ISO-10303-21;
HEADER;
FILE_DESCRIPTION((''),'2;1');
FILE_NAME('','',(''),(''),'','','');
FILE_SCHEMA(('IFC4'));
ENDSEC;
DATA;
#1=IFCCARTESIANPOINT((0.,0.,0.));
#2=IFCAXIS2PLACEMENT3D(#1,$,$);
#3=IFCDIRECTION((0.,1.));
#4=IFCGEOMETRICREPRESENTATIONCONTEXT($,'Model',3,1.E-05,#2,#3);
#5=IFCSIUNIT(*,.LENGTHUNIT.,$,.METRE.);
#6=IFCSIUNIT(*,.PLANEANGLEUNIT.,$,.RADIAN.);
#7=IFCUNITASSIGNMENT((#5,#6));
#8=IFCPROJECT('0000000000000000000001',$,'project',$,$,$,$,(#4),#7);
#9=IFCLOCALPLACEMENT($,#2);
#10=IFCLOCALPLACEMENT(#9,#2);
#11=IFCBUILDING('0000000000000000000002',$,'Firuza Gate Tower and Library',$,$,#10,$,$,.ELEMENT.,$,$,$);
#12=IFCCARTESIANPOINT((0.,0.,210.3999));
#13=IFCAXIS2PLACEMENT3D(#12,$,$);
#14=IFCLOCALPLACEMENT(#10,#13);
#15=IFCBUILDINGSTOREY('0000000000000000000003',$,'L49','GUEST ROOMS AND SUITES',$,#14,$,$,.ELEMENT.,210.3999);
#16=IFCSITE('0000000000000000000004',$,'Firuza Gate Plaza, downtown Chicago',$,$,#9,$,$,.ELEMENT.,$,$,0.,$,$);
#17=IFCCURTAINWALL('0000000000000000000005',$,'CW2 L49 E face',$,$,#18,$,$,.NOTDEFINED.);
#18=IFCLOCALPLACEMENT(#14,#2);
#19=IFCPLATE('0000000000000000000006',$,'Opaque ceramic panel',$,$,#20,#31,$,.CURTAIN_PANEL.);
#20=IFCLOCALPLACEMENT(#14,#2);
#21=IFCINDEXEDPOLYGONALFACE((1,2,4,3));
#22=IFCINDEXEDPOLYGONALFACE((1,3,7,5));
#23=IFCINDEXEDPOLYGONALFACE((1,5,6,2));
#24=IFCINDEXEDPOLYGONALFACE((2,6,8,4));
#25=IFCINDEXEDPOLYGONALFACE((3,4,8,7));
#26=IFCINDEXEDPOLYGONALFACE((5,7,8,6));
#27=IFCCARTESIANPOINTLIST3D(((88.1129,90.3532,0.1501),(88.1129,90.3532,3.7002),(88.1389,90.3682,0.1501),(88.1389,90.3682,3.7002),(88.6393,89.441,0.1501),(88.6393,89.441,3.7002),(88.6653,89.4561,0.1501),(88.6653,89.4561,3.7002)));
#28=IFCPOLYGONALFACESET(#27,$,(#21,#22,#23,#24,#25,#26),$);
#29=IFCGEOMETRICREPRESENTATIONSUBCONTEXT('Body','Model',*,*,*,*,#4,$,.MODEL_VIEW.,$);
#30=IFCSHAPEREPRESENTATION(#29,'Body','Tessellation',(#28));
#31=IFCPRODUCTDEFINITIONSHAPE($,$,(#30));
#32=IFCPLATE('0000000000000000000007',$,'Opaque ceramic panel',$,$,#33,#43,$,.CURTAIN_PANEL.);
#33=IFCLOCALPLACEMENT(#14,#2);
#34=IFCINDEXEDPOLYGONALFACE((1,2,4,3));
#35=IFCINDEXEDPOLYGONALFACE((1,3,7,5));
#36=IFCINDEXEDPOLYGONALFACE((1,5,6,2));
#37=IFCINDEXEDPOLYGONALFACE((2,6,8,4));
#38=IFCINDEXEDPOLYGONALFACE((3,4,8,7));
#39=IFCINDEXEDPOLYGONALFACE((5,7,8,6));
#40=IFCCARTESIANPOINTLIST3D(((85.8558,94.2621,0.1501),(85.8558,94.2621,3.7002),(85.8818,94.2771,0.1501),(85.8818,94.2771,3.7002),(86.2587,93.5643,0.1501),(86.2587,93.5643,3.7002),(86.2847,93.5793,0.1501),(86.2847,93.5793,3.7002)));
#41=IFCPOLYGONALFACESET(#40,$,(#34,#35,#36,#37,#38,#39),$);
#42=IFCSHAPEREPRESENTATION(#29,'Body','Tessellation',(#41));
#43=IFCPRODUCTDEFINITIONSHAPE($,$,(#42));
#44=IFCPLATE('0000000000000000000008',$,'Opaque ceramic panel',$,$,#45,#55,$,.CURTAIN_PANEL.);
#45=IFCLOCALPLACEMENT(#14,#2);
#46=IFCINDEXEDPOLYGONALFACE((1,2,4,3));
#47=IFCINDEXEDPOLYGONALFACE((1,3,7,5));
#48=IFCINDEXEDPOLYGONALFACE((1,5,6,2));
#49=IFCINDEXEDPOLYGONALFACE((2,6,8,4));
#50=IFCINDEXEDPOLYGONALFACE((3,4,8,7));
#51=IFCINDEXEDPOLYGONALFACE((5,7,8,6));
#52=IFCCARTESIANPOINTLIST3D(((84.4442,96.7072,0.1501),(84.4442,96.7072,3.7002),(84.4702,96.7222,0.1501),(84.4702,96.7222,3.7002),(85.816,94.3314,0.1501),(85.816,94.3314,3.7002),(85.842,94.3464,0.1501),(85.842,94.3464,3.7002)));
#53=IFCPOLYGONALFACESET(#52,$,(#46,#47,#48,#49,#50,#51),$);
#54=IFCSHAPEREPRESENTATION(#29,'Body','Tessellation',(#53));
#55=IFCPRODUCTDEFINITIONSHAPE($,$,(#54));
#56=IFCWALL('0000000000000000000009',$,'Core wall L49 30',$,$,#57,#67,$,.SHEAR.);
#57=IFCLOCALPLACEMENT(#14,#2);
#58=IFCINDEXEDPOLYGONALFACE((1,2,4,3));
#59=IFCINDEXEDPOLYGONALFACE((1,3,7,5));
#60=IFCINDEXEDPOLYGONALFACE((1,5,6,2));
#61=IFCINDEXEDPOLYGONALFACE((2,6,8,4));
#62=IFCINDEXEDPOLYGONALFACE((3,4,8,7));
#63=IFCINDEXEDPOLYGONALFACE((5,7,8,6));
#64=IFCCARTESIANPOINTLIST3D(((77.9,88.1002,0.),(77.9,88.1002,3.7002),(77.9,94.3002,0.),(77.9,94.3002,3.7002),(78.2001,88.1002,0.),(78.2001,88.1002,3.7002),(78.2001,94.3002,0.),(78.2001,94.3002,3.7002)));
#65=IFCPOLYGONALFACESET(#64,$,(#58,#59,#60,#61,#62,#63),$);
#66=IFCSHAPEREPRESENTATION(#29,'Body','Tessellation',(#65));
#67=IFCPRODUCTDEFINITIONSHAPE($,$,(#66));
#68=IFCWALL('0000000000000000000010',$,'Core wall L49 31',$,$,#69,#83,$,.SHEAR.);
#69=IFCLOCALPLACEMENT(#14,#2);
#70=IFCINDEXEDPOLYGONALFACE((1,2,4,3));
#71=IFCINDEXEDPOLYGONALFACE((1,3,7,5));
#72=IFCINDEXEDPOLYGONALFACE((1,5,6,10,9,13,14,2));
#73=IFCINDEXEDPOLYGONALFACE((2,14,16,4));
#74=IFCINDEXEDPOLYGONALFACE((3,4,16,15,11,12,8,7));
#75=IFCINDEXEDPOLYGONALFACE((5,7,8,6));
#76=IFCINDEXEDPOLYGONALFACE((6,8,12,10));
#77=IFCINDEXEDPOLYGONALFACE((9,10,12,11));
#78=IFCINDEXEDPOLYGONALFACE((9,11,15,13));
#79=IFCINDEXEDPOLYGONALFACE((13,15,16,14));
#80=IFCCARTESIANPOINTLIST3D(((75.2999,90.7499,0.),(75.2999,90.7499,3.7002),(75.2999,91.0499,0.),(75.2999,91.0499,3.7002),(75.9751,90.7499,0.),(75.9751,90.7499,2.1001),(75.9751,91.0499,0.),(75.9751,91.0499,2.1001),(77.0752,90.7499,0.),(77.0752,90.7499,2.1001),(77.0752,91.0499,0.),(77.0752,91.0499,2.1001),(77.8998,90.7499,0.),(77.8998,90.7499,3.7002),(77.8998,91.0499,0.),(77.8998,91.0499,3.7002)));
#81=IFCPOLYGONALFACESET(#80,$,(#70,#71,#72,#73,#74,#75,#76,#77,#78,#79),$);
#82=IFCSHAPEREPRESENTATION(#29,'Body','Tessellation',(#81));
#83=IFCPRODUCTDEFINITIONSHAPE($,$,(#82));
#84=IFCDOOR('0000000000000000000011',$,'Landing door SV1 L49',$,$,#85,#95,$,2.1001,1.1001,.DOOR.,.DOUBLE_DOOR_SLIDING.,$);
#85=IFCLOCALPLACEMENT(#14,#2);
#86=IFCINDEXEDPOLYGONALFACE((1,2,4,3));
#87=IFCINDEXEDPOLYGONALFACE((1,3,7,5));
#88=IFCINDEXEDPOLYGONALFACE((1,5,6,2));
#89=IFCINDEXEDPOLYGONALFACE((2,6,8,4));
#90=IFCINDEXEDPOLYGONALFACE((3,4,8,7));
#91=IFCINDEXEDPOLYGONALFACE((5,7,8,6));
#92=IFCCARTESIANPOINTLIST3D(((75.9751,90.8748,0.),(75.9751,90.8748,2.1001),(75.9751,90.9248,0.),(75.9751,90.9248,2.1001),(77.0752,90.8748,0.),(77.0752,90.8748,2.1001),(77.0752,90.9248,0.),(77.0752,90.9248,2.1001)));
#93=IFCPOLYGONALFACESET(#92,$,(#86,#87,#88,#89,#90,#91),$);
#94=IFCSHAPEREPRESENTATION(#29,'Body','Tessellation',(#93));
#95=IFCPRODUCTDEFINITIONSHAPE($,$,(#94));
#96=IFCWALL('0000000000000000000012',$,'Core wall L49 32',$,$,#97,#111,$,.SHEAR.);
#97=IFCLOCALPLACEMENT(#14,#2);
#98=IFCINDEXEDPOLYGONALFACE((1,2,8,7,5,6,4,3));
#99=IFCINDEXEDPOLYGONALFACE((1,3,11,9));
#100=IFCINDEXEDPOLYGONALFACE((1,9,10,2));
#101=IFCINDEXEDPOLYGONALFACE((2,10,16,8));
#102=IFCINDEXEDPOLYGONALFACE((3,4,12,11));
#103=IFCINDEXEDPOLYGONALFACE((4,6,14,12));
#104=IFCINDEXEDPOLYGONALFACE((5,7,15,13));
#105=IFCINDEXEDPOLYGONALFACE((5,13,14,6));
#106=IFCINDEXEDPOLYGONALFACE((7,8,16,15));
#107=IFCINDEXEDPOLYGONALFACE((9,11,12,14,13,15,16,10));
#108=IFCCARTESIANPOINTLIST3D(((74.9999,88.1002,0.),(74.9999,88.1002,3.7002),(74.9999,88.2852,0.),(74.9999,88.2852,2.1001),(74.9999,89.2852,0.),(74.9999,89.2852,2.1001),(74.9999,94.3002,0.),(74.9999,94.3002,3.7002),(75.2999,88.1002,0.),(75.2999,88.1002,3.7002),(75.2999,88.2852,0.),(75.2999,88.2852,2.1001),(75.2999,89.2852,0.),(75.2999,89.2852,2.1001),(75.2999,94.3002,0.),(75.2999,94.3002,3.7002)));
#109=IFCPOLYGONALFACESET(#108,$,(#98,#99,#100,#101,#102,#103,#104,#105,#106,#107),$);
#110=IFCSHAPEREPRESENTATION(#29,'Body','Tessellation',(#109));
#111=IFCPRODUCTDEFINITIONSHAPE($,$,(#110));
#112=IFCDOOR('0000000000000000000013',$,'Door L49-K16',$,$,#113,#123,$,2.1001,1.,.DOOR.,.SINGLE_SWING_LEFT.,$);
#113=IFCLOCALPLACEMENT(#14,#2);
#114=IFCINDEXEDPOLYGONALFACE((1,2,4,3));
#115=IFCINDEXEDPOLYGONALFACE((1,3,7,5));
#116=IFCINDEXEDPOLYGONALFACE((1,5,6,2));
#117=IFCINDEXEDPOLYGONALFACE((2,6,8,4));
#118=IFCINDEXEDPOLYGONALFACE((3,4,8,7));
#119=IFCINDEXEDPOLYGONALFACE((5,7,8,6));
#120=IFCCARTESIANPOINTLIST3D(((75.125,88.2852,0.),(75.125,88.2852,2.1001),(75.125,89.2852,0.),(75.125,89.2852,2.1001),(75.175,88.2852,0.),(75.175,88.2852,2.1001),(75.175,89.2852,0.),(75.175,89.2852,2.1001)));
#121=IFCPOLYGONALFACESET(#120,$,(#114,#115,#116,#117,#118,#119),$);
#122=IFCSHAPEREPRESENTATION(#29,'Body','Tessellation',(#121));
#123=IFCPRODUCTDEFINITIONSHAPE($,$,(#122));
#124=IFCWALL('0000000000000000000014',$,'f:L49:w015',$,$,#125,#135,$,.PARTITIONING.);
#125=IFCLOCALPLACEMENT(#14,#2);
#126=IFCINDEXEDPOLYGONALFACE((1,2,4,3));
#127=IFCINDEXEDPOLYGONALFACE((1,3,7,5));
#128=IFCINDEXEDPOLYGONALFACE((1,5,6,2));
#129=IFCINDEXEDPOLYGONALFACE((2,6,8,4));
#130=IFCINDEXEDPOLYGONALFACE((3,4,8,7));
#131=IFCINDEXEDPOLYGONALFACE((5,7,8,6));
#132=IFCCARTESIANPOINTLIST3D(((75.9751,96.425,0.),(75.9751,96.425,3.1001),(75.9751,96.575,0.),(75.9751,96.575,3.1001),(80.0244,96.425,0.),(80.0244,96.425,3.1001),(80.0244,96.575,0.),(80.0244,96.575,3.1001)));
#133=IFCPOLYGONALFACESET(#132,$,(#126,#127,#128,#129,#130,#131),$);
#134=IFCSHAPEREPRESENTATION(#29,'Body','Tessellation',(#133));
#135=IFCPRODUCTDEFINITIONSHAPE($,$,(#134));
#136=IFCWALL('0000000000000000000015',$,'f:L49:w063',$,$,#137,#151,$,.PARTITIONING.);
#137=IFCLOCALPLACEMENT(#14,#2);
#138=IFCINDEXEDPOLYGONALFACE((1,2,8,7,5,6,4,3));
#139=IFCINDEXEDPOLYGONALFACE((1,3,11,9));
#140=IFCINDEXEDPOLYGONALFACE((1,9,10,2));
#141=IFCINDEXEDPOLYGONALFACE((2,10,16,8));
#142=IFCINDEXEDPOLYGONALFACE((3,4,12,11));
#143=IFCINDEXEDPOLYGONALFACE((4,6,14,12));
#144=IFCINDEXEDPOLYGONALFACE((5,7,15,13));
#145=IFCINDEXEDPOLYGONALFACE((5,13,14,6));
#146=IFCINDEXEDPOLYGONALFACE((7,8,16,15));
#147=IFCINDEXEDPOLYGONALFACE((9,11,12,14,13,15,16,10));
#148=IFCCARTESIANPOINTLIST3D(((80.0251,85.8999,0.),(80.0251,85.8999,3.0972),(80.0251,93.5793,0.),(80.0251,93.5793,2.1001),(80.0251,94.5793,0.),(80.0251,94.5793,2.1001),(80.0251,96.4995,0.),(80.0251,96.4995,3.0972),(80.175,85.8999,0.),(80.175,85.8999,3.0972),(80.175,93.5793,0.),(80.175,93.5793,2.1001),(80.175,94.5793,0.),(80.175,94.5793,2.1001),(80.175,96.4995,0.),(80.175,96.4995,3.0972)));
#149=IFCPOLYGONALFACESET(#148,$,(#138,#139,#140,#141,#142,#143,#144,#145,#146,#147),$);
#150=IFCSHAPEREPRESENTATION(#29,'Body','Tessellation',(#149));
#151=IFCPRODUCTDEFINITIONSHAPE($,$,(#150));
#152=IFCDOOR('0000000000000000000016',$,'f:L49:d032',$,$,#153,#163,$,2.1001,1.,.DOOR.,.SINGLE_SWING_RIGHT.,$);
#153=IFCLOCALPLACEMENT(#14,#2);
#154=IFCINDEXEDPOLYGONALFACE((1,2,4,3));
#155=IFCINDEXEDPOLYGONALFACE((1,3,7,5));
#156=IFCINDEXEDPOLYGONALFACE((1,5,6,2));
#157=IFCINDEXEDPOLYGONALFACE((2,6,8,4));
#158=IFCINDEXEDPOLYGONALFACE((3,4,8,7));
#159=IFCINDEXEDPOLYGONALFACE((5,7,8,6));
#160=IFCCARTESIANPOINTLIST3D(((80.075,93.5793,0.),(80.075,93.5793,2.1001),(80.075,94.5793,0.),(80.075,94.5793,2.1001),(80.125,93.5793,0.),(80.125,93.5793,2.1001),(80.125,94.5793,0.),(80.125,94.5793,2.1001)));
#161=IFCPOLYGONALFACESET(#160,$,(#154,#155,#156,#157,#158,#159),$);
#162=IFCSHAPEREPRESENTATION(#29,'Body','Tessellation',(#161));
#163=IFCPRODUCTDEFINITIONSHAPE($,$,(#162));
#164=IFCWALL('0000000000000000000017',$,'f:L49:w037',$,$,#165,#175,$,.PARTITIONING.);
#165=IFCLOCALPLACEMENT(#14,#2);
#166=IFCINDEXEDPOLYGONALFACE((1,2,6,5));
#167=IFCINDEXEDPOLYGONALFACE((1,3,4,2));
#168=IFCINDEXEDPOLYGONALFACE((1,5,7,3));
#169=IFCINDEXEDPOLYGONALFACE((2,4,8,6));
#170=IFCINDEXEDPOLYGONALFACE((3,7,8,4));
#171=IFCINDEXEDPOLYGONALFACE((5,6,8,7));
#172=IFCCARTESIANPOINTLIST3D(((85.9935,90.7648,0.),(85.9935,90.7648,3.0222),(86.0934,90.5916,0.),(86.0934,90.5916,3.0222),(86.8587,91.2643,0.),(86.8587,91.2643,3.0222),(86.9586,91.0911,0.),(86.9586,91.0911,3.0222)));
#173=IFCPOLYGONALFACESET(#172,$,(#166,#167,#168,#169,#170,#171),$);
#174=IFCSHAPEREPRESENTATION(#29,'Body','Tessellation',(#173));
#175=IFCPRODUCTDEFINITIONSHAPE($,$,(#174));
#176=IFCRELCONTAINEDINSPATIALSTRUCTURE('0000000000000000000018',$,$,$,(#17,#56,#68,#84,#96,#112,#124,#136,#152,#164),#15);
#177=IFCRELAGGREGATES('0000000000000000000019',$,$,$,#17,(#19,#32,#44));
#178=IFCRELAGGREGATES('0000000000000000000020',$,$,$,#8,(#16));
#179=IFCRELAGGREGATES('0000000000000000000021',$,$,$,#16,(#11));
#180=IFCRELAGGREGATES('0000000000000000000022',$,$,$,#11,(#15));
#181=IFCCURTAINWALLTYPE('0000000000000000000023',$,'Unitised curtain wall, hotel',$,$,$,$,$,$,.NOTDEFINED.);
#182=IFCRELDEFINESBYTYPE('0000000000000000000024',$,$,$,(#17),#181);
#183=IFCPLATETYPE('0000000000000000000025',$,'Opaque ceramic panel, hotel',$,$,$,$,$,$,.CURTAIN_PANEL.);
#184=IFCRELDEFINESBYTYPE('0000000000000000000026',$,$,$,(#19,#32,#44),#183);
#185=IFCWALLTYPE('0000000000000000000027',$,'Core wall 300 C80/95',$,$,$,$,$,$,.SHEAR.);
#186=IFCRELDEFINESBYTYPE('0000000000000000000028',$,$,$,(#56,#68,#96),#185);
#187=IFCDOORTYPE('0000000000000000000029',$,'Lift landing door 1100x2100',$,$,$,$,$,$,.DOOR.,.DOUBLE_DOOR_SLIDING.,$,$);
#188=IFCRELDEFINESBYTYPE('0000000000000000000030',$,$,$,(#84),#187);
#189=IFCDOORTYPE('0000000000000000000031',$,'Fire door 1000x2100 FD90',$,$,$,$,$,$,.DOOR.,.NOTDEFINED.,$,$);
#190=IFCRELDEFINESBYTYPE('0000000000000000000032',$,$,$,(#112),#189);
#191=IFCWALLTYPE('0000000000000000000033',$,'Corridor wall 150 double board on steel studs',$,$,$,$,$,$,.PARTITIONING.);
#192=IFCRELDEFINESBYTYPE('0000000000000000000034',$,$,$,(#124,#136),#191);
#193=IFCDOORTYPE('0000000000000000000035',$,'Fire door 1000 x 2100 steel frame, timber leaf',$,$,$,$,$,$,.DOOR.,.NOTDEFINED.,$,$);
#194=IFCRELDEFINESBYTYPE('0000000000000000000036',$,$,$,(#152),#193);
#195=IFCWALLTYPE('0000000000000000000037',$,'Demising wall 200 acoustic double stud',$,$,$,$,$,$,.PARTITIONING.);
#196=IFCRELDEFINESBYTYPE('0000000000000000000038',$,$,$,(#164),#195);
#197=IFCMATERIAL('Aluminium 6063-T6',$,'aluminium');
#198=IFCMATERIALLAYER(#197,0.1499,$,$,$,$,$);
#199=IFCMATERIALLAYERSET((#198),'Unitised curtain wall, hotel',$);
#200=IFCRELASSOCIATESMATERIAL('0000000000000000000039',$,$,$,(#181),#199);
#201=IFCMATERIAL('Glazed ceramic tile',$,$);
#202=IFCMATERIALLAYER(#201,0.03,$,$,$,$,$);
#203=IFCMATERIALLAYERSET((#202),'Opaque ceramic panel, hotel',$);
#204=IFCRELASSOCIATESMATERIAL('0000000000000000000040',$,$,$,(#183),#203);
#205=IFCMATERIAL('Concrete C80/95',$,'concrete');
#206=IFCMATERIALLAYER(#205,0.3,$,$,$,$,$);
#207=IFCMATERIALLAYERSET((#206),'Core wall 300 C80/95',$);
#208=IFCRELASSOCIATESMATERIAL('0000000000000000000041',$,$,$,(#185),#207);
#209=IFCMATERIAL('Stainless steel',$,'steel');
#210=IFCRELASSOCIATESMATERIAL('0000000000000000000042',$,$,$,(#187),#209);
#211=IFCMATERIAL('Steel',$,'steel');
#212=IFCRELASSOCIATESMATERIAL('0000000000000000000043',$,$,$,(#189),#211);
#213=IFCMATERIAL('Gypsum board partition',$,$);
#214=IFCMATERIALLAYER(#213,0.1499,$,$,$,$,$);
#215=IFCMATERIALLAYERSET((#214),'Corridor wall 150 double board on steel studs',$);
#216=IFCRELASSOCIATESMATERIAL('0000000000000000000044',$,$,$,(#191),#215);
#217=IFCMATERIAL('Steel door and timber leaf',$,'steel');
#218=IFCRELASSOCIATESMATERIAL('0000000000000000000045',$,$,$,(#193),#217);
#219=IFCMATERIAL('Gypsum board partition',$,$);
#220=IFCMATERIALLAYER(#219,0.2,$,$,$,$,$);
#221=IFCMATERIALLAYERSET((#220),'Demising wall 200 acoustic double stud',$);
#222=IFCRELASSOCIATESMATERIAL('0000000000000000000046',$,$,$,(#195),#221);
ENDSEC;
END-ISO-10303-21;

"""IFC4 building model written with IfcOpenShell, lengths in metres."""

from ifc_helpers import new_model, si_unit, direction, frame, frame_2d, origin, place, context, subcontext, project, spatial, polyline, rectangle, outline, extrude, material, layer, layer_set, type_object, element, fill, aggregate, save


model = new_model("IFC4")

# Units and contexts
model_context = context("Model", 3, precision=1e-05, world=origin(), true_north=direction((0.0, 1.0)))
body_context = subcontext(model_context, "Body", "Model", "MODEL_VIEW")
ifc_project = project(units=[si_unit("LENGTHUNIT", "METRE"), si_unit("PLANEANGLEUNIT", "RADIAN")], contexts=[model_context])

# Site, building, storey
site_placement = place(None, origin())
site = spatial("IfcSite", under=ifc_project, at=site_placement, Name="Firuza Gate Plaza, downtown Chicago", CompositionType="ELEMENT", RefElevation=0.0)
building_placement = place(site_placement, origin())
building = spatial("IfcBuilding", under=site, at=building_placement, Name="Firuza Gate Tower and Library", CompositionType="ELEMENT")
storey_placement = place(building_placement, frame((0.0, 0.0, 210.3999)))
storey = spatial("IfcBuildingStorey", under=building, at=storey_placement, Name="L49", Description="GUEST ROOMS AND SUITES", CompositionType="ELEMENT", Elevation=210.3999)

# Curtain wall
ifc_material_1 = material(Name="Aluminium 6063-T6", Category="aluminium")
ifc_layer_1 = layer(ifc_material_1, 0.1499)
ifc_layer_set_1 = layer_set([ifc_layer_1], Name="Unitised curtain wall, hotel")
curtain_wall_type = type_object("IfcCurtainWallType", Name="Unitised curtain wall, hotel", PredefinedType="NOTDEFINED", material=ifc_layer_set_1)
curtain_wall_placement = place(storey_placement, origin())
curtain_wall = element("IfcCurtainWall", 1, at=curtain_wall_placement, inside=storey, type_object=curtain_wall_type, Name="CW2 L49 E face", PredefinedType="NOTDEFINED")

# Plates
ifc_material_2 = material(Name="Glazed ceramic tile")
ifc_layer_2 = layer(ifc_material_2, 0.03)
ifc_layer_set_2 = layer_set([ifc_layer_2], Name="Opaque ceramic panel, hotel")
plate_type_1 = type_object("IfcPlateType", Name="Opaque ceramic panel, hotel", PredefinedType="CURTAIN_PANEL", material=ifc_layer_set_2)
plate_1_placement = place(storey_placement, frame((88.6653, 89.4561, 0.1501), z_axis=(0.866124, 0.499829, 0.0), x_axis=(-0.499829, 0.866124, 0.0)))
plate_1 = element("IfcPlate", 2, at=plate_1_placement, type_object=plate_type_1, Name="Opaque ceramic panel", PredefinedType="CURTAIN_PANEL", context=body_context, shape_type="SweptSolid", body=[
    extrude(outline(polyline([(0.0, 0.0), (1.0531, 0.0), (1.0531, 3.55), (0.0, 3.55), (0.0, 0.0)])), origin(), (0.0, 0.0, -1.0), 0.03),
])
plate_2_placement = place(storey_placement, frame((86.2847, 93.5793, 0.1501), z_axis=(0.866034, 0.499985, 0.0), x_axis=(-0.499985, 0.866034, 0.0)))
plate_2 = element("IfcPlate", 3, at=plate_2_placement, type_object=plate_type_1, Name="Opaque ceramic panel", PredefinedType="CURTAIN_PANEL", context=body_context, shape_type="SweptSolid", body=[
    extrude(outline(polyline([(0.0, 0.0), (0.8057, 0.0), (0.8057, 3.55), (0.0, 3.55), (0.0, 0.0)])), origin(), (0.0, 0.0, -1.0), 0.03),
])
plate_3_placement = place(storey_placement, frame((85.842, 94.3464, 0.1501), z_axis=(0.865994, 0.500054, 0.0), x_axis=(-0.500054, 0.865994, 0.0)))
plate_3 = element("IfcPlate", 4, at=plate_3_placement, type_object=plate_type_1, Name="Opaque ceramic panel", PredefinedType="CURTAIN_PANEL", context=body_context, shape_type="SweptSolid", body=[
    extrude(outline(polyline([(0.0, 0.0), (2.7434, 0.0), (2.7434, 3.55), (0.0, 3.55), (0.0, 0.0)])), origin(), (0.0, 0.0, -1.0), 0.03),
])
aggregate(curtain_wall, [plate_1, plate_2, plate_3])

# Wall
ifc_material_3 = material(Name="Concrete C80/95", Category="concrete")
ifc_layer_3 = layer(ifc_material_3, 0.3)
ifc_layer_set_3 = layer_set([ifc_layer_3], Name="Core wall 300 C80/95")
wall_type_1 = type_object("IfcWallType", Name="Core wall 300 C80/95", PredefinedType="SHEAR", material=ifc_layer_set_3)
wall_1_placement = place(storey_placement, frame((78.05, 88.1001, 0.0), z_axis=(0.0, 0.0, 1.0), x_axis=(0.0, 1.0, 0.0)))
element("IfcWall", 5, at=wall_1_placement, inside=storey, type_object=wall_type_1, Name="Core wall L49 30", PredefinedType="SHEAR", context=body_context, shape_type="SweptSolid", body=[
    extrude(rectangle(XDim=6.2, YDim=0.3, at=frame_2d((3.1001, 0.0))), origin(), (0.0, 0.0, 1.0), 3.7002),
])

# Walls, openings, doors
wall_2_placement = place(storey_placement, frame((75.3, 90.8999, 0.0), z_axis=(0.0, 0.0, 1.0), x_axis=(1.0, 0.0, 0.0)))
wall_2 = element("IfcWall", 6, at=wall_2_placement, inside=storey, type_object=wall_type_1, Name="Core wall L49 31", PredefinedType="SHEAR", context=body_context, shape_type="SweptSolid", body=[
    extrude(rectangle(XDim=2.5999, YDim=0.3, at=frame_2d((1.2998, 0.0))), origin(), (0.0, 0.0, 1.0), 3.7002),
])
opening_1_placement = place(wall_2_placement, frame((0.675, 0.0, 0.0)))
opening_1 = element("IfcOpeningElement", 7, at=opening_1_placement, cuts=wall_2, PredefinedType="OPENING", context=body_context, shape_type="SweptSolid", body=[
    extrude(rectangle(XDim=1.1001, YDim=2.1001, at=frame_2d((0.55, 1.05))), frame((0.0, 0.1602, 0.0), z_axis=(0.0, -1.0, 0.0), x_axis=(1.0, 0.0, 0.0)), (0.0, 0.0, 1.0), 0.3201),
])
ifc_material_4 = material(Name="Stainless steel", Category="steel")
door_type_1 = type_object("IfcDoorType", Name="Lift landing door 1100x2100", OperationType="DOUBLE_DOOR_SLIDING", PredefinedType="DOOR", material=ifc_material_4)
door_1_placement = place(opening_1_placement, origin())
door_1 = element("IfcDoor", 8, at=door_1_placement, inside=storey, type_object=door_type_1, Name="Landing door SV1 L49", OperationType="DOUBLE_DOOR_SLIDING", OverallHeight=2.1001, OverallWidth=1.1001, PredefinedType="DOOR", context=body_context, shape_type="SweptSolid", body=[
    extrude(rectangle(XDim=1.1001, YDim=2.1001, at=frame_2d((0.55, 1.05))), frame((0.0, 0.0249, 0.0), z_axis=(0.0, -1.0, 0.0), x_axis=(1.0, 0.0, 0.0)), (0.0, 0.0, 1.0), 0.05),
])
fill(opening_1, door_1)
wall_3_placement = place(storey_placement, frame((75.1499, 88.1001, 0.0), z_axis=(0.0, 0.0, 1.0), x_axis=(0.0, 1.0, 0.0)))
wall_3 = element("IfcWall", 9, at=wall_3_placement, inside=storey, type_object=wall_type_1, Name="Core wall L49 32", PredefinedType="SHEAR", context=body_context, shape_type="SweptSolid", body=[
    extrude(rectangle(XDim=6.2, YDim=0.3, at=frame_2d((3.1001, 0.0))), origin(), (0.0, 0.0, 1.0), 3.7002),
])
opening_2_placement = place(wall_3_placement, frame((0.1851, 0.0, 0.0)))
opening_2 = element("IfcOpeningElement", 10, at=opening_2_placement, cuts=wall_3, PredefinedType="OPENING", context=body_context, shape_type="SweptSolid", body=[
    extrude(rectangle(XDim=1.0, YDim=2.1001, at=frame_2d((0.5, 1.05))), frame((0.0, 0.1602, 0.0), z_axis=(0.0, -1.0, 0.0), x_axis=(1.0, 0.0, 0.0)), (0.0, 0.0, 1.0), 0.3201),
])
ifc_material_5 = material(Name="Steel", Category="steel")
door_type_2 = type_object("IfcDoorType", Name="Fire door 1000x2100 FD90", OperationType="NOTDEFINED", PredefinedType="DOOR", material=ifc_material_5)
door_2_placement = place(opening_2_placement, origin())
door_2 = element("IfcDoor", 11, at=door_2_placement, inside=storey, type_object=door_type_2, Name="Door L49-K16", OperationType="SINGLE_SWING_LEFT", OverallHeight=2.1001, OverallWidth=1.0, PredefinedType="DOOR", context=body_context, shape_type="SweptSolid", body=[
    extrude(rectangle(XDim=1.0, YDim=2.1001, at=frame_2d((0.5, 1.05))), frame((0.0, 0.0249, 0.0), z_axis=(0.0, -1.0, 0.0), x_axis=(1.0, 0.0, 0.0)), (0.0, 0.0, 1.0), 0.05),
])
fill(opening_2, door_2)

# Wall
ifc_material_6 = material(Name="Gypsum board partition")
ifc_layer_4 = layer(ifc_material_6, 0.1499)
ifc_layer_set_4 = layer_set([ifc_layer_4], Name="Corridor wall 150 double board on steel studs")
wall_type_2 = type_object("IfcWallType", Name="Corridor wall 150 double board on steel studs", PredefinedType="PARTITIONING", material=ifc_layer_set_4)
wall_4_placement = place(storey_placement, frame((75.9751, 96.5, 0.0), z_axis=(0.0, 0.0, 1.0), x_axis=(1.0, 0.0, 0.0)))
element("IfcWall", 12, at=wall_4_placement, inside=storey, type_object=wall_type_2, Name="f:L49:w015", PredefinedType="PARTITIONING", context=body_context, shape_type="SweptSolid", body=[
    extrude(rectangle(XDim=4.0493, YDim=0.1499, at=frame_2d((2.0247, 0.0))), origin(), (0.0, 0.0, 1.0), 3.1001),
])

# Wall, opening, door
wall_5_placement = place(storey_placement, frame((80.1001, 96.4995, 0.0), z_axis=(0.0, 0.0, 1.0), x_axis=(0.0, -1.0, 0.0)))
wall_5 = element("IfcWall", 13, at=wall_5_placement, inside=storey, type_object=wall_type_2, Name="f:L49:w063", PredefinedType="PARTITIONING", context=body_context, shape_type="SweptSolid", body=[
    extrude(rectangle(XDim=10.5996, YDim=0.1499, at=frame_2d((5.2998, 0.0))), origin(), (0.0, 0.0, 1.0), 3.0972),
])
opening_3_placement = place(wall_5_placement, frame((1.9202, 0.0, 0.0)))
opening_3 = element("IfcOpeningElement", 14, at=opening_3_placement, cuts=wall_5, PredefinedType="OPENING", context=body_context, shape_type="SweptSolid", body=[
    extrude(rectangle(XDim=1.0, YDim=2.1001, at=frame_2d((0.5, 1.05))), frame((0.0, 0.085, 0.0), z_axis=(0.0, -1.0, 0.0), x_axis=(1.0, 0.0, 0.0)), (0.0, 0.0, 1.0), 0.1699),
])
ifc_material_7 = material(Name="Steel door and timber leaf", Category="steel")
door_type_3 = type_object("IfcDoorType", Name="Fire door 1000 x 2100 steel frame, timber leaf", OperationType="NOTDEFINED", PredefinedType="DOOR", material=ifc_material_7)
door_3_placement = place(opening_3_placement, origin())
door_3 = element("IfcDoor", 15, at=door_3_placement, inside=storey, type_object=door_type_3, Name="f:L49:d032", OperationType="SINGLE_SWING_RIGHT", OverallHeight=2.1001, OverallWidth=1.0, PredefinedType="DOOR", context=body_context, shape_type="SweptSolid", body=[
    extrude(rectangle(XDim=1.0, YDim=2.1001, at=frame_2d((0.5, 1.05))), frame((0.0, 0.0249, 0.0), z_axis=(0.0, -1.0, 0.0), x_axis=(1.0, 0.0, 0.0)), (0.0, 0.0, 1.0), 0.05),
])
fill(opening_3, door_3)

# Wall
ifc_material_8 = material(Name="Gypsum board partition")
ifc_layer_5 = layer(ifc_material_8, 0.2)
ifc_layer_set_5 = layer_set([ifc_layer_5], Name="Demising wall 200 acoustic double stud")
wall_type_3 = type_object("IfcWallType", Name="Demising wall 200 acoustic double stud", PredefinedType="PARTITIONING", material=ifc_layer_set_5)
wall_6_placement = place(storey_placement, frame((86.0435, 90.6782, 0.0), z_axis=(0.0, 0.0, 1.0), x_axis=(0.866039, 0.499976, 0.0)))
element("IfcWall", 16, at=wall_6_placement, inside=storey, type_object=wall_type_3, Name="f:L49:w037", PredefinedType="PARTITIONING", context=body_context, shape_type="SweptSolid", body=[
    extrude(rectangle(XDim=0.999, YDim=0.2, at=frame_2d((0.4995, 0.0))), origin(), (0.0, 0.0, 1.0), 3.0222),
])

save(model, "model.ifc")
